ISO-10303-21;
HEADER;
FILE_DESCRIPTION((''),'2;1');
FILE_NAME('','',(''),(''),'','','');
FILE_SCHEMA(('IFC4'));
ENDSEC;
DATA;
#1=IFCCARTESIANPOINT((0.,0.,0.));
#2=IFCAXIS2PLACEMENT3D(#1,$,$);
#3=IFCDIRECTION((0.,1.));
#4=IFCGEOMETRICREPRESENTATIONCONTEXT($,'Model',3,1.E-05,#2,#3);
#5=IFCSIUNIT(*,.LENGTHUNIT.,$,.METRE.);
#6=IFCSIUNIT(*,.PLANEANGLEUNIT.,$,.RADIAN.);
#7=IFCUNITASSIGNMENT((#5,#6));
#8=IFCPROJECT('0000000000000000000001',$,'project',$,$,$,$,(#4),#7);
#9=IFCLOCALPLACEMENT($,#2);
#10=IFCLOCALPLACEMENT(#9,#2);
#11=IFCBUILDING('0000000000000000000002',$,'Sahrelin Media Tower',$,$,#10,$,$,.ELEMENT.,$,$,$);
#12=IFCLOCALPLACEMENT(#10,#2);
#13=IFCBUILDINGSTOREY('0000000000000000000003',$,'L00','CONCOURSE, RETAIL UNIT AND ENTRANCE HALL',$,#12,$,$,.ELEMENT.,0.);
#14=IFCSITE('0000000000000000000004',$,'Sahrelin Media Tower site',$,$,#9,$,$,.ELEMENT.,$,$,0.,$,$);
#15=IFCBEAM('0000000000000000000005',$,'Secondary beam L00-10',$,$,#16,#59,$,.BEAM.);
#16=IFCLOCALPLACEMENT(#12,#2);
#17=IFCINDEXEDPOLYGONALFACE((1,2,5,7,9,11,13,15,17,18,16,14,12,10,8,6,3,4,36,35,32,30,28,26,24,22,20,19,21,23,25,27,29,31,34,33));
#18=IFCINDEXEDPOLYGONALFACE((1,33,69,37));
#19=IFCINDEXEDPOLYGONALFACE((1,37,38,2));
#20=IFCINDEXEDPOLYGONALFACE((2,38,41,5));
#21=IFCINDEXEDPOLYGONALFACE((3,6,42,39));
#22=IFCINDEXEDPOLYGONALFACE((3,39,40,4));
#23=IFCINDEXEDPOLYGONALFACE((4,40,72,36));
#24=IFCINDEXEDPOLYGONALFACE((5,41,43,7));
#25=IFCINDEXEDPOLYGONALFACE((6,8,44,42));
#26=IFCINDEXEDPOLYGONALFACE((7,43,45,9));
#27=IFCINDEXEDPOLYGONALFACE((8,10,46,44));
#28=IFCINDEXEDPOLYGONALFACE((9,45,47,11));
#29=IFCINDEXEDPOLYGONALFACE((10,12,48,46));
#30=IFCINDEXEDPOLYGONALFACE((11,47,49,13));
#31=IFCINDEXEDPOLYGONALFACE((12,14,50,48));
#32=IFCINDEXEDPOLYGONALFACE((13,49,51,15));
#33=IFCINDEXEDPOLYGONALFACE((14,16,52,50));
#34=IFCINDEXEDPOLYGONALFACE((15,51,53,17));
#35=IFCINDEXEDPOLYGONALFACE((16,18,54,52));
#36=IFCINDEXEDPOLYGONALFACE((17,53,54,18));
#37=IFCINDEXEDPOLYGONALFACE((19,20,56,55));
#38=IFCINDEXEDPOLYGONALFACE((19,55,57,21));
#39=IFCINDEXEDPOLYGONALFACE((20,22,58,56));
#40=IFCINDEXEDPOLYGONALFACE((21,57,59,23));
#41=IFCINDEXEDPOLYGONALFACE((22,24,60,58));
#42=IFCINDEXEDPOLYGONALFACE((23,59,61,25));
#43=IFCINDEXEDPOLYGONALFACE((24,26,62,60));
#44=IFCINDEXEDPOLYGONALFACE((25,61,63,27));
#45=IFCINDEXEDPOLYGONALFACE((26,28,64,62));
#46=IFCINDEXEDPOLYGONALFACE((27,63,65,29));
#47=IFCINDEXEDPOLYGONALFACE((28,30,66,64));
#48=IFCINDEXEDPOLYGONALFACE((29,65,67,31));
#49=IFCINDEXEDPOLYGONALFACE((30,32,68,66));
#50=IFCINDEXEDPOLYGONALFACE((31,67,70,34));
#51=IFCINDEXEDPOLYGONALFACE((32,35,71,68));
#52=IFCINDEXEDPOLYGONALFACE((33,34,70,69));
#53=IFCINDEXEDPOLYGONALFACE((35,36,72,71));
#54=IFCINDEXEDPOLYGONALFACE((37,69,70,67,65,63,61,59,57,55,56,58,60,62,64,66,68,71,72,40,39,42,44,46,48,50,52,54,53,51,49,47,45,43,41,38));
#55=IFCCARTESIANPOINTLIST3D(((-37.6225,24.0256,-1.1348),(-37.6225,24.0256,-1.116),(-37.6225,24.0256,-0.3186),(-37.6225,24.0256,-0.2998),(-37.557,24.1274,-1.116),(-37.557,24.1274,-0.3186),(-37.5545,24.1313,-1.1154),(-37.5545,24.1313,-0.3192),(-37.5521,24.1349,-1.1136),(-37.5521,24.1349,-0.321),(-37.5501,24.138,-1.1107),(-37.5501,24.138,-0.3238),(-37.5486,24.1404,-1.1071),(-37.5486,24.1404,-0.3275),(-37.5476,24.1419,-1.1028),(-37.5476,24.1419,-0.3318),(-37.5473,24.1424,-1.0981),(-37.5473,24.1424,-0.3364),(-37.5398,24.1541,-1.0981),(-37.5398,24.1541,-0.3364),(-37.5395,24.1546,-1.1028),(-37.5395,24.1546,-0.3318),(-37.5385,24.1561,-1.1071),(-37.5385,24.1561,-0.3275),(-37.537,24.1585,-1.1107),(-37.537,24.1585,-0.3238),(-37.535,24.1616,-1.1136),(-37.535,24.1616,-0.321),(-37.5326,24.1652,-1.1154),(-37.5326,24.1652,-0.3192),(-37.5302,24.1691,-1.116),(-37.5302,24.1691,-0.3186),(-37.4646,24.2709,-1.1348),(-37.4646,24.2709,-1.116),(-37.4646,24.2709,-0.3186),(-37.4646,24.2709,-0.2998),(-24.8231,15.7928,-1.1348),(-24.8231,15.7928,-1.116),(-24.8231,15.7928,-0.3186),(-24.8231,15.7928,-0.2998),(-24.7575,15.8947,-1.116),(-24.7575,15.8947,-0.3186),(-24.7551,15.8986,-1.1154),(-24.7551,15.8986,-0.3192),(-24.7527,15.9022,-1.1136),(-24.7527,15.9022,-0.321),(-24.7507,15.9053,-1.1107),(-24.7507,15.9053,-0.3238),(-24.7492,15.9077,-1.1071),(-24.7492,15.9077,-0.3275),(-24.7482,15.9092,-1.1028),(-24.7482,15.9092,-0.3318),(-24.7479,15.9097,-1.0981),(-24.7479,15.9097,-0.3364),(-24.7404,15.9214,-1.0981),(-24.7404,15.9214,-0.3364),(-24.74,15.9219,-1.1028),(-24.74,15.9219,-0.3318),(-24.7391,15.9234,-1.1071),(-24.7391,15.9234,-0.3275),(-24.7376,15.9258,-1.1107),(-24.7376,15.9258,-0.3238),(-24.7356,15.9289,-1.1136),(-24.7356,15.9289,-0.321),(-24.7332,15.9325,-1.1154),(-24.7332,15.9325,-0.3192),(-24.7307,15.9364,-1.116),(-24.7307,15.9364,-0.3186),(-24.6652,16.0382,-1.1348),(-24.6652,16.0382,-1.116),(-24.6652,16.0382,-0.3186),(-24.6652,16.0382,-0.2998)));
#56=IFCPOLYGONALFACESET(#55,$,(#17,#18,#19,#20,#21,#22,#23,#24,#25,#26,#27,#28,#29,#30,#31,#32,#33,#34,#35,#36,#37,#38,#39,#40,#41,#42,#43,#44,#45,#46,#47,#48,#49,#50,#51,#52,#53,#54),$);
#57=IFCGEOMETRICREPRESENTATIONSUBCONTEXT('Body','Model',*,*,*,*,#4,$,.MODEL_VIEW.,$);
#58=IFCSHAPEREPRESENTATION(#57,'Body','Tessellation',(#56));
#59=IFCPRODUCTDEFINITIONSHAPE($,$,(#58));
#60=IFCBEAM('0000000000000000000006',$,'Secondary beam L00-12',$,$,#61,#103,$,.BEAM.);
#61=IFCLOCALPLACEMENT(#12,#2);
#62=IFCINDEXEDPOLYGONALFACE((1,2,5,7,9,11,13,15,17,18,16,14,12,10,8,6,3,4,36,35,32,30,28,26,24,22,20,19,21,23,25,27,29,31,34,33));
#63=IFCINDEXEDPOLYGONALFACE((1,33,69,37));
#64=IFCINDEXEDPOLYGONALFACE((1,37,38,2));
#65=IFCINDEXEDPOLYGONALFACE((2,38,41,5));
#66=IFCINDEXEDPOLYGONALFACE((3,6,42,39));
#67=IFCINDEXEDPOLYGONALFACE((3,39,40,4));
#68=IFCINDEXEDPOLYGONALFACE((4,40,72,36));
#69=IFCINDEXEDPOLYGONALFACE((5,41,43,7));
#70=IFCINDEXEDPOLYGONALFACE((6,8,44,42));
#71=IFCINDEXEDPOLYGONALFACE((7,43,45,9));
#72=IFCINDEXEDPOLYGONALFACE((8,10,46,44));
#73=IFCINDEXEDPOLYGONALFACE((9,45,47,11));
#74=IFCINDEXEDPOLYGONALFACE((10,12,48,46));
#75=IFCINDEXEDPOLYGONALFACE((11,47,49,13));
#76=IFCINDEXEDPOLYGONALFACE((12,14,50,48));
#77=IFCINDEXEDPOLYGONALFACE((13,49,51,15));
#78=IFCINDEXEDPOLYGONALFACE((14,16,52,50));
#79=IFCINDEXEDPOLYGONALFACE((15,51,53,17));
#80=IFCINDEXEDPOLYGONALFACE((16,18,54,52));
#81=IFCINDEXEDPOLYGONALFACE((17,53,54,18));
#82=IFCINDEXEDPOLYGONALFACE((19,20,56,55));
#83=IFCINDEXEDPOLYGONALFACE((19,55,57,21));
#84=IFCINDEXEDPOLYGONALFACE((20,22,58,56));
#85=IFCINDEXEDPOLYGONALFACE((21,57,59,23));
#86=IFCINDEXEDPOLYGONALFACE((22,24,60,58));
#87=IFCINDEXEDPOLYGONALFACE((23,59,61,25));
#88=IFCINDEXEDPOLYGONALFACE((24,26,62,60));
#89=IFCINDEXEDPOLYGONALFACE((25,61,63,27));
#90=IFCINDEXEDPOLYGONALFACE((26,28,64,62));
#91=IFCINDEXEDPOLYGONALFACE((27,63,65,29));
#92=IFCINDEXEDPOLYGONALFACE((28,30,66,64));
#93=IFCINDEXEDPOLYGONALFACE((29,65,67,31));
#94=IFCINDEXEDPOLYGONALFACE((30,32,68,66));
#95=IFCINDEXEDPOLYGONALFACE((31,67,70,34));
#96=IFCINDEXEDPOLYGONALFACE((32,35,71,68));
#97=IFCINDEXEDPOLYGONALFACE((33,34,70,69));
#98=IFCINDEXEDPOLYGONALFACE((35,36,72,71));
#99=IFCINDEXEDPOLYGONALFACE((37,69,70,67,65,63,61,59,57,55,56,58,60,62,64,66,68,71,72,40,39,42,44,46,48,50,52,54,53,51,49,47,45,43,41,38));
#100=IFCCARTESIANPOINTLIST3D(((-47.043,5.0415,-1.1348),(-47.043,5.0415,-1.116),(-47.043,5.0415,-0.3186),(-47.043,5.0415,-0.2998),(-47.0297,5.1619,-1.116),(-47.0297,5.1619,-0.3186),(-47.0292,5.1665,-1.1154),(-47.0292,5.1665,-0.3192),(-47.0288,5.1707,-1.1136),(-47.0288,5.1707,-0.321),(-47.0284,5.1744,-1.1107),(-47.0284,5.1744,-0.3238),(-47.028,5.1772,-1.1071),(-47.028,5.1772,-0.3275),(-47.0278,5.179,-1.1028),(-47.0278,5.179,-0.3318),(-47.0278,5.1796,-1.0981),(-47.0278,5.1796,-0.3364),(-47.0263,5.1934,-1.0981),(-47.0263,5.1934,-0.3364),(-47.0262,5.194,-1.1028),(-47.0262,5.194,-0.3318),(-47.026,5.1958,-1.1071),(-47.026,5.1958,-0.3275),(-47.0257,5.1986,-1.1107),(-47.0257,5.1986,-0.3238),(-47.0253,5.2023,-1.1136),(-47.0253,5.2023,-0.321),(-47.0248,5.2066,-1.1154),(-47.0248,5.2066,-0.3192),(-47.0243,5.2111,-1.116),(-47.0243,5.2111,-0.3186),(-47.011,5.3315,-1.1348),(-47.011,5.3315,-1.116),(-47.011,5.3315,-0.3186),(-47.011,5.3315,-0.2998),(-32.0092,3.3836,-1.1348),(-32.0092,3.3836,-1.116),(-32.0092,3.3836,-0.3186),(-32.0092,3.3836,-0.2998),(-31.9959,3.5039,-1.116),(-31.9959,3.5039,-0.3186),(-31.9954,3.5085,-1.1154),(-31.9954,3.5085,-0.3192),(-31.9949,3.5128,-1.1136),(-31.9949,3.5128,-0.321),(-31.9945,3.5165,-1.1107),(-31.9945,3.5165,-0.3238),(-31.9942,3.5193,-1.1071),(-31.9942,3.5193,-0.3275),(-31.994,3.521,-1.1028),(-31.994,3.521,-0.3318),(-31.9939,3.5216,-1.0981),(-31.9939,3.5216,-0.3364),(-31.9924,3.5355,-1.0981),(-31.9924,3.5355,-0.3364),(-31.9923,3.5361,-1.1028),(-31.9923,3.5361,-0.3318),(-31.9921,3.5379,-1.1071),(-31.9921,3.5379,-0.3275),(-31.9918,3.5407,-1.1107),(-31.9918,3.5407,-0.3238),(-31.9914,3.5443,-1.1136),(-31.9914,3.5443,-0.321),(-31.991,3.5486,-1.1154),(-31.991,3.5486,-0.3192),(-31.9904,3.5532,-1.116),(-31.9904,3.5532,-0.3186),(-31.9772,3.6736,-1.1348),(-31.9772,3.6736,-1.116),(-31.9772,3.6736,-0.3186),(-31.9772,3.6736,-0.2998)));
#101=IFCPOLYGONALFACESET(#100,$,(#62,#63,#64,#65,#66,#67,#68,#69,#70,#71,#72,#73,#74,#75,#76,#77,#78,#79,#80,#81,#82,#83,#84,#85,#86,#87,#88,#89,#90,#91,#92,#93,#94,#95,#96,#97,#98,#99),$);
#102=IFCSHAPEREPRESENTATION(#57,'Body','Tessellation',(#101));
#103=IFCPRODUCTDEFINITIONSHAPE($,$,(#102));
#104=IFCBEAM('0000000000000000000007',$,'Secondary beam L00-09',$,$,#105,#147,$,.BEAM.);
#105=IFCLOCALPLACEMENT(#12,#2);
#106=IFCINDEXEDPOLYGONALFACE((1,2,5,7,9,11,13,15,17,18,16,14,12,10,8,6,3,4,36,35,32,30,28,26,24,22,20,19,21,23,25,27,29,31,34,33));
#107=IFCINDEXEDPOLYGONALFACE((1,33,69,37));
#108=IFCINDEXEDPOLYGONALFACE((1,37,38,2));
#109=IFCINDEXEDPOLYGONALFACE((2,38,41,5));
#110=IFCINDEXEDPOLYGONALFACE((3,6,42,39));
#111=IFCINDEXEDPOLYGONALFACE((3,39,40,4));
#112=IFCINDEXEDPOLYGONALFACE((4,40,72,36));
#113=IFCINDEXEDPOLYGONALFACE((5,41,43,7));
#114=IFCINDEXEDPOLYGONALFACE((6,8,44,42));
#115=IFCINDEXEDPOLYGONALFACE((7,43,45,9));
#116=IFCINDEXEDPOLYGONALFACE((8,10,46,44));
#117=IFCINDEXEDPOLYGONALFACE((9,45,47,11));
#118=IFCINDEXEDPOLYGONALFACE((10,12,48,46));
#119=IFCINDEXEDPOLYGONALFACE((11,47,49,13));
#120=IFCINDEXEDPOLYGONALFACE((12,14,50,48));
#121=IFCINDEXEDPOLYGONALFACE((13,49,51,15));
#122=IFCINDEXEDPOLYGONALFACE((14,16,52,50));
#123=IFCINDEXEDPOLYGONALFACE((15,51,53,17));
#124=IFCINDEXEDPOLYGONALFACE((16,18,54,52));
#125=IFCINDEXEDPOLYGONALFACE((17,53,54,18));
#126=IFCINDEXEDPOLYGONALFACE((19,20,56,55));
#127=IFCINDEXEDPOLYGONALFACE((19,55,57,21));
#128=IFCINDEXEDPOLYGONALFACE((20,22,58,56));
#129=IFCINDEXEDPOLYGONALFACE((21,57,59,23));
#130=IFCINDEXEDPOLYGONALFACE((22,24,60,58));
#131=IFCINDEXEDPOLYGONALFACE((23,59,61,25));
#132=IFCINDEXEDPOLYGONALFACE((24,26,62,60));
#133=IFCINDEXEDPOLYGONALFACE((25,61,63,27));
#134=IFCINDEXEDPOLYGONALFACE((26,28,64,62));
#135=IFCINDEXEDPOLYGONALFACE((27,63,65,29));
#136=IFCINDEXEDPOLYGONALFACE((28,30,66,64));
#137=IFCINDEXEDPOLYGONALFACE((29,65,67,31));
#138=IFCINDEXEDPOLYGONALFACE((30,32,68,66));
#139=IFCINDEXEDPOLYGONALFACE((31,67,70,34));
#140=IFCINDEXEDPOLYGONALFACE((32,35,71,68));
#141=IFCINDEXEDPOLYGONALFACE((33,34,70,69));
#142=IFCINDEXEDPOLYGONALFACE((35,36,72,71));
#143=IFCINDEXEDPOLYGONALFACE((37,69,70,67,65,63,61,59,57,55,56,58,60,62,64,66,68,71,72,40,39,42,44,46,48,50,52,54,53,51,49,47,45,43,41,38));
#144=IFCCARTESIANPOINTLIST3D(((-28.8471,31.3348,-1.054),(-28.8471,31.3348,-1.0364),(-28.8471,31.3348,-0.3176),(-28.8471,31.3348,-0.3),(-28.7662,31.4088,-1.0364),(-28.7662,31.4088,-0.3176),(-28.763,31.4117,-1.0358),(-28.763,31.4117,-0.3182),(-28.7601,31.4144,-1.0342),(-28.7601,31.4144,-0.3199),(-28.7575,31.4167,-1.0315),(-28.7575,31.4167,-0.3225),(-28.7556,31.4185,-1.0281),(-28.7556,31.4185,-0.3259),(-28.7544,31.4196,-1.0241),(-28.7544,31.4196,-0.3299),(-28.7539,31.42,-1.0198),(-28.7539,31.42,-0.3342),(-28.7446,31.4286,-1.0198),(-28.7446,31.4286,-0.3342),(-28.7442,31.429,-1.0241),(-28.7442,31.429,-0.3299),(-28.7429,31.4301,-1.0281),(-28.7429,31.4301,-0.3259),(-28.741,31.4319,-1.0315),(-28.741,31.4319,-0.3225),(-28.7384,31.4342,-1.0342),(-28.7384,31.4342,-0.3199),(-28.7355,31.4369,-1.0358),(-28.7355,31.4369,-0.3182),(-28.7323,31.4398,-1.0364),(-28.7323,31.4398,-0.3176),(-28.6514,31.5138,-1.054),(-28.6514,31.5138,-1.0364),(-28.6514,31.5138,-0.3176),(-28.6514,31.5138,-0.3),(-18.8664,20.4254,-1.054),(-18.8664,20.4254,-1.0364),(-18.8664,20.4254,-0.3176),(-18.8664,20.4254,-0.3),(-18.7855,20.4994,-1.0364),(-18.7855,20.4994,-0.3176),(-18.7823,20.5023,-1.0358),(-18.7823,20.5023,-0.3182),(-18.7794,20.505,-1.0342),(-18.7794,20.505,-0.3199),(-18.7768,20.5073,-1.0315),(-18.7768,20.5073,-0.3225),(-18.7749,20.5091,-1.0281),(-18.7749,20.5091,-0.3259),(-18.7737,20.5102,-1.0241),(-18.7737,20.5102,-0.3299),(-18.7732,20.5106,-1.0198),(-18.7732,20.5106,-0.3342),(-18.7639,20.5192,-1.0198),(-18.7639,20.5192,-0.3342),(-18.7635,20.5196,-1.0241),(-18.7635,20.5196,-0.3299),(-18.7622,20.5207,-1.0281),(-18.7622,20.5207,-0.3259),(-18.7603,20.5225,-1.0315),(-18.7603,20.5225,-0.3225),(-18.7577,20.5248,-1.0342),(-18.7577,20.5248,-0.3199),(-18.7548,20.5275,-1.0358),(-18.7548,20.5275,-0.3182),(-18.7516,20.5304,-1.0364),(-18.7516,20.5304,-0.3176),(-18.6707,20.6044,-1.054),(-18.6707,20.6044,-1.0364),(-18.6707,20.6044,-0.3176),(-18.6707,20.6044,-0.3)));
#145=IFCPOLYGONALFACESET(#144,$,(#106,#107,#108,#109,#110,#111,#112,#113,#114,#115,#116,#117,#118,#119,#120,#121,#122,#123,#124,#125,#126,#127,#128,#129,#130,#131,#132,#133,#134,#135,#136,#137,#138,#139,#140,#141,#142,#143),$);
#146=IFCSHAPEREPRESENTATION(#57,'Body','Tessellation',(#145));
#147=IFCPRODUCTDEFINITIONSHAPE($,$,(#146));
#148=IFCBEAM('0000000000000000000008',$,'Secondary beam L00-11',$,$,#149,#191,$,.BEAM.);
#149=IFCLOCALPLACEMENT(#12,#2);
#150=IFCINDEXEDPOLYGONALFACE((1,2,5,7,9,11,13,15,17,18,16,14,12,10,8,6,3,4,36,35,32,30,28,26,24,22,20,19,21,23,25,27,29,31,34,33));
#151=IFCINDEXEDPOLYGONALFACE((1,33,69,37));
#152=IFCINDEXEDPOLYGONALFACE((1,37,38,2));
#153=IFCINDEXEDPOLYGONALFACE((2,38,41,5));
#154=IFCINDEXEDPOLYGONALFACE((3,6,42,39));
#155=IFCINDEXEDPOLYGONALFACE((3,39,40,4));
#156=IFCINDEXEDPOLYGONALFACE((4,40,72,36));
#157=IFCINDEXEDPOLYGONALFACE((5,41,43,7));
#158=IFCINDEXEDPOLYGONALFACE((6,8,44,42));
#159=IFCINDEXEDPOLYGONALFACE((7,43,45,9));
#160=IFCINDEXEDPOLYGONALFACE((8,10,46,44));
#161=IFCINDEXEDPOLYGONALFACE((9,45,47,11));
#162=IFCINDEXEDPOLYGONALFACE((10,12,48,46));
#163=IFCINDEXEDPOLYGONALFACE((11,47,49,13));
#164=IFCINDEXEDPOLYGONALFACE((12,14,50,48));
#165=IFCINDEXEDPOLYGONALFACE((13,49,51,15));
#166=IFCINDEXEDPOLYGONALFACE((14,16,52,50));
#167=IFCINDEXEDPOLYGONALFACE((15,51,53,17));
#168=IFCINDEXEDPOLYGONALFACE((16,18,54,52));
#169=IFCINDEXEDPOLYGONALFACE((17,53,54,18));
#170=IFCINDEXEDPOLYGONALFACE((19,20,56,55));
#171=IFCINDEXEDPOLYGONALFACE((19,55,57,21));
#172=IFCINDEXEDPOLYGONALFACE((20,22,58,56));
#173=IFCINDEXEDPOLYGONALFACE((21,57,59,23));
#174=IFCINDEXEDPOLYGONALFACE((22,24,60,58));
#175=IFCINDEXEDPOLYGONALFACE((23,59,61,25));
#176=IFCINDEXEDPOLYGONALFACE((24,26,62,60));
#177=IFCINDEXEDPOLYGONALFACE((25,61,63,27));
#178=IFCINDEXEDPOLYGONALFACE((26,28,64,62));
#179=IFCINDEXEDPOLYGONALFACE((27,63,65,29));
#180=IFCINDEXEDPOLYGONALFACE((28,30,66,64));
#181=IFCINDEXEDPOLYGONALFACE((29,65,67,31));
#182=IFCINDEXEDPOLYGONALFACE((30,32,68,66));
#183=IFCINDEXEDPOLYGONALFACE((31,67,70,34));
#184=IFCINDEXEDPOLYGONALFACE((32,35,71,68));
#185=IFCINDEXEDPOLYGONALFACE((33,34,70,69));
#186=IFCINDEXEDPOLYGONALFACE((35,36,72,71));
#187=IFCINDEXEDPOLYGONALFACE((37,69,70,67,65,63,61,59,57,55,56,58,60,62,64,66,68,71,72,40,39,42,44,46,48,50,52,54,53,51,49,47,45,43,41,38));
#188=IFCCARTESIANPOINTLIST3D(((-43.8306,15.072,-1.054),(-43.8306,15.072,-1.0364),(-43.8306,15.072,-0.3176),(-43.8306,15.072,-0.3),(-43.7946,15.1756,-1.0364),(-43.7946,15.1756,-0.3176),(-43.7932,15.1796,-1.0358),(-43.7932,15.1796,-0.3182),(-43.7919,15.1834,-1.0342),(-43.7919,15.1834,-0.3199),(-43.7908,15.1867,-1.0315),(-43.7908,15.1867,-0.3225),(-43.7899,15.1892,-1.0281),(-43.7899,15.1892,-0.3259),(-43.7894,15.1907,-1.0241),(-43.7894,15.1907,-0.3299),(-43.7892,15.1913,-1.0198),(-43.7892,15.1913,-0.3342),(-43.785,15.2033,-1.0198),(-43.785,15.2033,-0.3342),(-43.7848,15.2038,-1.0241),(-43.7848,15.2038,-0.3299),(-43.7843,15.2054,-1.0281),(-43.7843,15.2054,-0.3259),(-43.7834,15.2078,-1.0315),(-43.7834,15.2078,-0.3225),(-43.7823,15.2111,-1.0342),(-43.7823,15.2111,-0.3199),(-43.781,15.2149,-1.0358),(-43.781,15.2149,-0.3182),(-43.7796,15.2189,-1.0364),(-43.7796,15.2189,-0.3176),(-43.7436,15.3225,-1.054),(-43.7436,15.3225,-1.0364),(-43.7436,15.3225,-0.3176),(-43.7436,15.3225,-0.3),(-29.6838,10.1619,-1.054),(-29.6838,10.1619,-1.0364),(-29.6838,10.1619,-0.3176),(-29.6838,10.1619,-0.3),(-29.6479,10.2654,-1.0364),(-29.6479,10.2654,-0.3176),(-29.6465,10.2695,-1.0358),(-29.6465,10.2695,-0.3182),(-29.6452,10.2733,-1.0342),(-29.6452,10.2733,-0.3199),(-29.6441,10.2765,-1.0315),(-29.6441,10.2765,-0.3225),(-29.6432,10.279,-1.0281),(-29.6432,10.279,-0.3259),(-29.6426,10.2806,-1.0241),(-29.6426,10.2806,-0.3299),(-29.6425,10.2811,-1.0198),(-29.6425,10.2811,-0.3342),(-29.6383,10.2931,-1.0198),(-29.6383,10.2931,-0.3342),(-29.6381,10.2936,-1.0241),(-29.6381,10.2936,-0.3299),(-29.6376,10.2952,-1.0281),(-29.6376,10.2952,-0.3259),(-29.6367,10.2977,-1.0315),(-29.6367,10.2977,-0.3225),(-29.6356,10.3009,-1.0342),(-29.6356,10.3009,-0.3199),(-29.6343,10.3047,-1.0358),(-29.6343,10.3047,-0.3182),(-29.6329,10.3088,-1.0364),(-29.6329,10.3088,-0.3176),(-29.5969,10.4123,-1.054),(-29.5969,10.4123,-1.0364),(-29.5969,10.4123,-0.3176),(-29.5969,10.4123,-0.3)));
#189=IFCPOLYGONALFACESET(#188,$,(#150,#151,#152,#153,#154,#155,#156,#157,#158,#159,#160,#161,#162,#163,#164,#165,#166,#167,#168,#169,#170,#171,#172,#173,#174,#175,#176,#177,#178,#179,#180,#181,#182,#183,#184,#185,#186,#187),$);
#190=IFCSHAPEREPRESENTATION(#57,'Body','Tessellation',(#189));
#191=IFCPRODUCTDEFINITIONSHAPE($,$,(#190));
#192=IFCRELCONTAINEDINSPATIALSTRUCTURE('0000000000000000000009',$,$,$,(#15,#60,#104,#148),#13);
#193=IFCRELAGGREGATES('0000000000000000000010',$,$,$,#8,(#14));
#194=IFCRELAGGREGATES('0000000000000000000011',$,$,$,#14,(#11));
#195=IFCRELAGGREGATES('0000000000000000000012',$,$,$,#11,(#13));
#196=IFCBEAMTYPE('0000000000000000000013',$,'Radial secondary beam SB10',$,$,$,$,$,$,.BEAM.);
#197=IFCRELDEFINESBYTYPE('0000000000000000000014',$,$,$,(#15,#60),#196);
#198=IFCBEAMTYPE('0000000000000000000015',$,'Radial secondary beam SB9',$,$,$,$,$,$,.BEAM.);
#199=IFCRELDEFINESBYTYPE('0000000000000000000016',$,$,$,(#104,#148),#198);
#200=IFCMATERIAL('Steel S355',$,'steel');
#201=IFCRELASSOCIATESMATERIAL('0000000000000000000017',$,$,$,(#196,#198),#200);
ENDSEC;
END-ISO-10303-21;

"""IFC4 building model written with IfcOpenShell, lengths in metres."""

from ifc_helpers import new_model, si_unit, direction, frame, origin, origin_2d, place, context, subcontext, project, spatial, i_section, extrude, material, material_profile, profile_set, type_object, element, save


model = new_model("IFC4")

# Units and contexts
model_context = context("Model", 3, precision=1e-05, world=origin(), true_north=direction((0.0, 1.0)))
body_context = subcontext(model_context, "Body", "Model", "MODEL_VIEW")
ifc_project = project(units=[si_unit("LENGTHUNIT", "METRE"), si_unit("PLANEANGLEUNIT", "RADIAN")], contexts=[model_context])

# Site, building, storey
site_placement = place(None, origin())
site = spatial("IfcSite", under=ifc_project, at=site_placement, Name="Sahrelin Media Tower site", CompositionType="ELEMENT", RefElevation=0.0)
building_placement = place(site_placement, origin())
building = spatial("IfcBuilding", under=site, at=building_placement, Name="Sahrelin Media Tower", CompositionType="ELEMENT")
storey_placement = place(building_placement, origin())
storey = spatial("IfcBuildingStorey", under=building, at=storey_placement, Name="L00", Description="CONCOURSE, RETAIL UNIT AND ENTRANCE HALL", CompositionType="ELEMENT", Elevation=0.0)

# Beams
ifc_material_1 = material(Name="Steel S355", Category="steel")
ifc_material_profile_1 = material_profile(ifc_material_1, i_section(OverallWidth=0.2917, OverallDepth=0.835, WebThickness=0.0139, FlangeThickness=0.0188, FilletRadius=0.0178, at=origin_2d()), Name="UB 838x292x176")
ifc_profile_set_1 = profile_set([ifc_material_profile_1], Name="Steel S355")
beam_type_1 = type_object("IfcBeamType", Name="Radial secondary beam SB10", PredefinedType="BEAM", material=ifc_profile_set_1)
beam_1_placement = place(storey_placement, frame((-24.7441, 15.9155, -0.7173), z_axis=(-0.841043, 0.540968, 0.0), x_axis=(-0.540968, -0.841043, 0.0)))
element("IfcBeam", 1, at=beam_1_placement, inside=storey, type_object=beam_type_1, Name="Secondary beam L00-10", PredefinedType="BEAM", context=body_context, shape_type="SweptSolid", body=[
    extrude(i_section(OverallWidth=0.2917, OverallDepth=0.835, WebThickness=0.0139, FlangeThickness=0.0188, FilletRadius=0.0178, at=origin_2d()), origin(), (0.0, 0.0, 1.0), 15.2185),
])
beam_2_placement = place(storey_placement, frame((-31.9932, 3.5286, -0.7173), z_axis=(-0.993974, 0.109617, 0.0), x_axis=(-0.109617, -0.993974, 0.0)))
element("IfcBeam", 2, at=beam_2_placement, inside=storey, type_object=beam_type_1, Name="Secondary beam L00-12", PredefinedType="BEAM", context=body_context, shape_type="SweptSolid", body=[
    extrude(i_section(OverallWidth=0.2917, OverallDepth=0.835, WebThickness=0.0139, FlangeThickness=0.0188, FilletRadius=0.0178, at=origin_2d()), origin(), (0.0, 0.0, 1.0), 15.125),
])
ifc_material_profile_2 = material_profile(ifc_material_1, i_section(OverallWidth=0.2651, OverallDepth=0.7539, WebThickness=0.0127, FlangeThickness=0.0176, FilletRadius=0.0166, at=origin_2d()), Name="UB 762x267x147")
ifc_profile_set_2 = profile_set([ifc_material_profile_2], Name="Steel S355")
beam_type_2 = type_object("IfcBeamType", Name="Radial secondary beam SB9", PredefinedType="BEAM", material=ifc_profile_set_2)
beam_3_placement = place(storey_placement, frame((-18.7686, 20.5149, -0.677), z_axis=(-0.675004, 0.737814, 0.0), x_axis=(-0.737814, -0.675004, 0.0)))
element("IfcBeam", 3, at=beam_3_placement, inside=storey, type_object=beam_type_2, Name="Secondary beam L00-09", PredefinedType="BEAM", context=body_context, shape_type="SweptSolid", body=[
    extrude(i_section(OverallWidth=0.2651, OverallDepth=0.7539, WebThickness=0.0127, FlangeThickness=0.0176, FilletRadius=0.0166, at=origin_2d()), origin(), (0.0, 0.0, 1.0), 14.7861),
])
beam_4_placement = place(storey_placement, frame((-29.6404, 10.2871, -0.677), z_axis=(-0.944713, 0.327898, 0.0), x_axis=(-0.327898, -0.944713, 0.0)))
element("IfcBeam", 4, at=beam_4_placement, inside=storey, type_object=beam_type_2, Name="Secondary beam L00-11", PredefinedType="BEAM", context=body_context, shape_type="SweptSolid", body=[
    extrude(i_section(OverallWidth=0.2651, OverallDepth=0.7539, WebThickness=0.0127, FlangeThickness=0.0176, FilletRadius=0.0166, at=origin_2d()), origin(), (0.0, 0.0, 1.0), 14.9746),
])

save(model, "model.ifc")
